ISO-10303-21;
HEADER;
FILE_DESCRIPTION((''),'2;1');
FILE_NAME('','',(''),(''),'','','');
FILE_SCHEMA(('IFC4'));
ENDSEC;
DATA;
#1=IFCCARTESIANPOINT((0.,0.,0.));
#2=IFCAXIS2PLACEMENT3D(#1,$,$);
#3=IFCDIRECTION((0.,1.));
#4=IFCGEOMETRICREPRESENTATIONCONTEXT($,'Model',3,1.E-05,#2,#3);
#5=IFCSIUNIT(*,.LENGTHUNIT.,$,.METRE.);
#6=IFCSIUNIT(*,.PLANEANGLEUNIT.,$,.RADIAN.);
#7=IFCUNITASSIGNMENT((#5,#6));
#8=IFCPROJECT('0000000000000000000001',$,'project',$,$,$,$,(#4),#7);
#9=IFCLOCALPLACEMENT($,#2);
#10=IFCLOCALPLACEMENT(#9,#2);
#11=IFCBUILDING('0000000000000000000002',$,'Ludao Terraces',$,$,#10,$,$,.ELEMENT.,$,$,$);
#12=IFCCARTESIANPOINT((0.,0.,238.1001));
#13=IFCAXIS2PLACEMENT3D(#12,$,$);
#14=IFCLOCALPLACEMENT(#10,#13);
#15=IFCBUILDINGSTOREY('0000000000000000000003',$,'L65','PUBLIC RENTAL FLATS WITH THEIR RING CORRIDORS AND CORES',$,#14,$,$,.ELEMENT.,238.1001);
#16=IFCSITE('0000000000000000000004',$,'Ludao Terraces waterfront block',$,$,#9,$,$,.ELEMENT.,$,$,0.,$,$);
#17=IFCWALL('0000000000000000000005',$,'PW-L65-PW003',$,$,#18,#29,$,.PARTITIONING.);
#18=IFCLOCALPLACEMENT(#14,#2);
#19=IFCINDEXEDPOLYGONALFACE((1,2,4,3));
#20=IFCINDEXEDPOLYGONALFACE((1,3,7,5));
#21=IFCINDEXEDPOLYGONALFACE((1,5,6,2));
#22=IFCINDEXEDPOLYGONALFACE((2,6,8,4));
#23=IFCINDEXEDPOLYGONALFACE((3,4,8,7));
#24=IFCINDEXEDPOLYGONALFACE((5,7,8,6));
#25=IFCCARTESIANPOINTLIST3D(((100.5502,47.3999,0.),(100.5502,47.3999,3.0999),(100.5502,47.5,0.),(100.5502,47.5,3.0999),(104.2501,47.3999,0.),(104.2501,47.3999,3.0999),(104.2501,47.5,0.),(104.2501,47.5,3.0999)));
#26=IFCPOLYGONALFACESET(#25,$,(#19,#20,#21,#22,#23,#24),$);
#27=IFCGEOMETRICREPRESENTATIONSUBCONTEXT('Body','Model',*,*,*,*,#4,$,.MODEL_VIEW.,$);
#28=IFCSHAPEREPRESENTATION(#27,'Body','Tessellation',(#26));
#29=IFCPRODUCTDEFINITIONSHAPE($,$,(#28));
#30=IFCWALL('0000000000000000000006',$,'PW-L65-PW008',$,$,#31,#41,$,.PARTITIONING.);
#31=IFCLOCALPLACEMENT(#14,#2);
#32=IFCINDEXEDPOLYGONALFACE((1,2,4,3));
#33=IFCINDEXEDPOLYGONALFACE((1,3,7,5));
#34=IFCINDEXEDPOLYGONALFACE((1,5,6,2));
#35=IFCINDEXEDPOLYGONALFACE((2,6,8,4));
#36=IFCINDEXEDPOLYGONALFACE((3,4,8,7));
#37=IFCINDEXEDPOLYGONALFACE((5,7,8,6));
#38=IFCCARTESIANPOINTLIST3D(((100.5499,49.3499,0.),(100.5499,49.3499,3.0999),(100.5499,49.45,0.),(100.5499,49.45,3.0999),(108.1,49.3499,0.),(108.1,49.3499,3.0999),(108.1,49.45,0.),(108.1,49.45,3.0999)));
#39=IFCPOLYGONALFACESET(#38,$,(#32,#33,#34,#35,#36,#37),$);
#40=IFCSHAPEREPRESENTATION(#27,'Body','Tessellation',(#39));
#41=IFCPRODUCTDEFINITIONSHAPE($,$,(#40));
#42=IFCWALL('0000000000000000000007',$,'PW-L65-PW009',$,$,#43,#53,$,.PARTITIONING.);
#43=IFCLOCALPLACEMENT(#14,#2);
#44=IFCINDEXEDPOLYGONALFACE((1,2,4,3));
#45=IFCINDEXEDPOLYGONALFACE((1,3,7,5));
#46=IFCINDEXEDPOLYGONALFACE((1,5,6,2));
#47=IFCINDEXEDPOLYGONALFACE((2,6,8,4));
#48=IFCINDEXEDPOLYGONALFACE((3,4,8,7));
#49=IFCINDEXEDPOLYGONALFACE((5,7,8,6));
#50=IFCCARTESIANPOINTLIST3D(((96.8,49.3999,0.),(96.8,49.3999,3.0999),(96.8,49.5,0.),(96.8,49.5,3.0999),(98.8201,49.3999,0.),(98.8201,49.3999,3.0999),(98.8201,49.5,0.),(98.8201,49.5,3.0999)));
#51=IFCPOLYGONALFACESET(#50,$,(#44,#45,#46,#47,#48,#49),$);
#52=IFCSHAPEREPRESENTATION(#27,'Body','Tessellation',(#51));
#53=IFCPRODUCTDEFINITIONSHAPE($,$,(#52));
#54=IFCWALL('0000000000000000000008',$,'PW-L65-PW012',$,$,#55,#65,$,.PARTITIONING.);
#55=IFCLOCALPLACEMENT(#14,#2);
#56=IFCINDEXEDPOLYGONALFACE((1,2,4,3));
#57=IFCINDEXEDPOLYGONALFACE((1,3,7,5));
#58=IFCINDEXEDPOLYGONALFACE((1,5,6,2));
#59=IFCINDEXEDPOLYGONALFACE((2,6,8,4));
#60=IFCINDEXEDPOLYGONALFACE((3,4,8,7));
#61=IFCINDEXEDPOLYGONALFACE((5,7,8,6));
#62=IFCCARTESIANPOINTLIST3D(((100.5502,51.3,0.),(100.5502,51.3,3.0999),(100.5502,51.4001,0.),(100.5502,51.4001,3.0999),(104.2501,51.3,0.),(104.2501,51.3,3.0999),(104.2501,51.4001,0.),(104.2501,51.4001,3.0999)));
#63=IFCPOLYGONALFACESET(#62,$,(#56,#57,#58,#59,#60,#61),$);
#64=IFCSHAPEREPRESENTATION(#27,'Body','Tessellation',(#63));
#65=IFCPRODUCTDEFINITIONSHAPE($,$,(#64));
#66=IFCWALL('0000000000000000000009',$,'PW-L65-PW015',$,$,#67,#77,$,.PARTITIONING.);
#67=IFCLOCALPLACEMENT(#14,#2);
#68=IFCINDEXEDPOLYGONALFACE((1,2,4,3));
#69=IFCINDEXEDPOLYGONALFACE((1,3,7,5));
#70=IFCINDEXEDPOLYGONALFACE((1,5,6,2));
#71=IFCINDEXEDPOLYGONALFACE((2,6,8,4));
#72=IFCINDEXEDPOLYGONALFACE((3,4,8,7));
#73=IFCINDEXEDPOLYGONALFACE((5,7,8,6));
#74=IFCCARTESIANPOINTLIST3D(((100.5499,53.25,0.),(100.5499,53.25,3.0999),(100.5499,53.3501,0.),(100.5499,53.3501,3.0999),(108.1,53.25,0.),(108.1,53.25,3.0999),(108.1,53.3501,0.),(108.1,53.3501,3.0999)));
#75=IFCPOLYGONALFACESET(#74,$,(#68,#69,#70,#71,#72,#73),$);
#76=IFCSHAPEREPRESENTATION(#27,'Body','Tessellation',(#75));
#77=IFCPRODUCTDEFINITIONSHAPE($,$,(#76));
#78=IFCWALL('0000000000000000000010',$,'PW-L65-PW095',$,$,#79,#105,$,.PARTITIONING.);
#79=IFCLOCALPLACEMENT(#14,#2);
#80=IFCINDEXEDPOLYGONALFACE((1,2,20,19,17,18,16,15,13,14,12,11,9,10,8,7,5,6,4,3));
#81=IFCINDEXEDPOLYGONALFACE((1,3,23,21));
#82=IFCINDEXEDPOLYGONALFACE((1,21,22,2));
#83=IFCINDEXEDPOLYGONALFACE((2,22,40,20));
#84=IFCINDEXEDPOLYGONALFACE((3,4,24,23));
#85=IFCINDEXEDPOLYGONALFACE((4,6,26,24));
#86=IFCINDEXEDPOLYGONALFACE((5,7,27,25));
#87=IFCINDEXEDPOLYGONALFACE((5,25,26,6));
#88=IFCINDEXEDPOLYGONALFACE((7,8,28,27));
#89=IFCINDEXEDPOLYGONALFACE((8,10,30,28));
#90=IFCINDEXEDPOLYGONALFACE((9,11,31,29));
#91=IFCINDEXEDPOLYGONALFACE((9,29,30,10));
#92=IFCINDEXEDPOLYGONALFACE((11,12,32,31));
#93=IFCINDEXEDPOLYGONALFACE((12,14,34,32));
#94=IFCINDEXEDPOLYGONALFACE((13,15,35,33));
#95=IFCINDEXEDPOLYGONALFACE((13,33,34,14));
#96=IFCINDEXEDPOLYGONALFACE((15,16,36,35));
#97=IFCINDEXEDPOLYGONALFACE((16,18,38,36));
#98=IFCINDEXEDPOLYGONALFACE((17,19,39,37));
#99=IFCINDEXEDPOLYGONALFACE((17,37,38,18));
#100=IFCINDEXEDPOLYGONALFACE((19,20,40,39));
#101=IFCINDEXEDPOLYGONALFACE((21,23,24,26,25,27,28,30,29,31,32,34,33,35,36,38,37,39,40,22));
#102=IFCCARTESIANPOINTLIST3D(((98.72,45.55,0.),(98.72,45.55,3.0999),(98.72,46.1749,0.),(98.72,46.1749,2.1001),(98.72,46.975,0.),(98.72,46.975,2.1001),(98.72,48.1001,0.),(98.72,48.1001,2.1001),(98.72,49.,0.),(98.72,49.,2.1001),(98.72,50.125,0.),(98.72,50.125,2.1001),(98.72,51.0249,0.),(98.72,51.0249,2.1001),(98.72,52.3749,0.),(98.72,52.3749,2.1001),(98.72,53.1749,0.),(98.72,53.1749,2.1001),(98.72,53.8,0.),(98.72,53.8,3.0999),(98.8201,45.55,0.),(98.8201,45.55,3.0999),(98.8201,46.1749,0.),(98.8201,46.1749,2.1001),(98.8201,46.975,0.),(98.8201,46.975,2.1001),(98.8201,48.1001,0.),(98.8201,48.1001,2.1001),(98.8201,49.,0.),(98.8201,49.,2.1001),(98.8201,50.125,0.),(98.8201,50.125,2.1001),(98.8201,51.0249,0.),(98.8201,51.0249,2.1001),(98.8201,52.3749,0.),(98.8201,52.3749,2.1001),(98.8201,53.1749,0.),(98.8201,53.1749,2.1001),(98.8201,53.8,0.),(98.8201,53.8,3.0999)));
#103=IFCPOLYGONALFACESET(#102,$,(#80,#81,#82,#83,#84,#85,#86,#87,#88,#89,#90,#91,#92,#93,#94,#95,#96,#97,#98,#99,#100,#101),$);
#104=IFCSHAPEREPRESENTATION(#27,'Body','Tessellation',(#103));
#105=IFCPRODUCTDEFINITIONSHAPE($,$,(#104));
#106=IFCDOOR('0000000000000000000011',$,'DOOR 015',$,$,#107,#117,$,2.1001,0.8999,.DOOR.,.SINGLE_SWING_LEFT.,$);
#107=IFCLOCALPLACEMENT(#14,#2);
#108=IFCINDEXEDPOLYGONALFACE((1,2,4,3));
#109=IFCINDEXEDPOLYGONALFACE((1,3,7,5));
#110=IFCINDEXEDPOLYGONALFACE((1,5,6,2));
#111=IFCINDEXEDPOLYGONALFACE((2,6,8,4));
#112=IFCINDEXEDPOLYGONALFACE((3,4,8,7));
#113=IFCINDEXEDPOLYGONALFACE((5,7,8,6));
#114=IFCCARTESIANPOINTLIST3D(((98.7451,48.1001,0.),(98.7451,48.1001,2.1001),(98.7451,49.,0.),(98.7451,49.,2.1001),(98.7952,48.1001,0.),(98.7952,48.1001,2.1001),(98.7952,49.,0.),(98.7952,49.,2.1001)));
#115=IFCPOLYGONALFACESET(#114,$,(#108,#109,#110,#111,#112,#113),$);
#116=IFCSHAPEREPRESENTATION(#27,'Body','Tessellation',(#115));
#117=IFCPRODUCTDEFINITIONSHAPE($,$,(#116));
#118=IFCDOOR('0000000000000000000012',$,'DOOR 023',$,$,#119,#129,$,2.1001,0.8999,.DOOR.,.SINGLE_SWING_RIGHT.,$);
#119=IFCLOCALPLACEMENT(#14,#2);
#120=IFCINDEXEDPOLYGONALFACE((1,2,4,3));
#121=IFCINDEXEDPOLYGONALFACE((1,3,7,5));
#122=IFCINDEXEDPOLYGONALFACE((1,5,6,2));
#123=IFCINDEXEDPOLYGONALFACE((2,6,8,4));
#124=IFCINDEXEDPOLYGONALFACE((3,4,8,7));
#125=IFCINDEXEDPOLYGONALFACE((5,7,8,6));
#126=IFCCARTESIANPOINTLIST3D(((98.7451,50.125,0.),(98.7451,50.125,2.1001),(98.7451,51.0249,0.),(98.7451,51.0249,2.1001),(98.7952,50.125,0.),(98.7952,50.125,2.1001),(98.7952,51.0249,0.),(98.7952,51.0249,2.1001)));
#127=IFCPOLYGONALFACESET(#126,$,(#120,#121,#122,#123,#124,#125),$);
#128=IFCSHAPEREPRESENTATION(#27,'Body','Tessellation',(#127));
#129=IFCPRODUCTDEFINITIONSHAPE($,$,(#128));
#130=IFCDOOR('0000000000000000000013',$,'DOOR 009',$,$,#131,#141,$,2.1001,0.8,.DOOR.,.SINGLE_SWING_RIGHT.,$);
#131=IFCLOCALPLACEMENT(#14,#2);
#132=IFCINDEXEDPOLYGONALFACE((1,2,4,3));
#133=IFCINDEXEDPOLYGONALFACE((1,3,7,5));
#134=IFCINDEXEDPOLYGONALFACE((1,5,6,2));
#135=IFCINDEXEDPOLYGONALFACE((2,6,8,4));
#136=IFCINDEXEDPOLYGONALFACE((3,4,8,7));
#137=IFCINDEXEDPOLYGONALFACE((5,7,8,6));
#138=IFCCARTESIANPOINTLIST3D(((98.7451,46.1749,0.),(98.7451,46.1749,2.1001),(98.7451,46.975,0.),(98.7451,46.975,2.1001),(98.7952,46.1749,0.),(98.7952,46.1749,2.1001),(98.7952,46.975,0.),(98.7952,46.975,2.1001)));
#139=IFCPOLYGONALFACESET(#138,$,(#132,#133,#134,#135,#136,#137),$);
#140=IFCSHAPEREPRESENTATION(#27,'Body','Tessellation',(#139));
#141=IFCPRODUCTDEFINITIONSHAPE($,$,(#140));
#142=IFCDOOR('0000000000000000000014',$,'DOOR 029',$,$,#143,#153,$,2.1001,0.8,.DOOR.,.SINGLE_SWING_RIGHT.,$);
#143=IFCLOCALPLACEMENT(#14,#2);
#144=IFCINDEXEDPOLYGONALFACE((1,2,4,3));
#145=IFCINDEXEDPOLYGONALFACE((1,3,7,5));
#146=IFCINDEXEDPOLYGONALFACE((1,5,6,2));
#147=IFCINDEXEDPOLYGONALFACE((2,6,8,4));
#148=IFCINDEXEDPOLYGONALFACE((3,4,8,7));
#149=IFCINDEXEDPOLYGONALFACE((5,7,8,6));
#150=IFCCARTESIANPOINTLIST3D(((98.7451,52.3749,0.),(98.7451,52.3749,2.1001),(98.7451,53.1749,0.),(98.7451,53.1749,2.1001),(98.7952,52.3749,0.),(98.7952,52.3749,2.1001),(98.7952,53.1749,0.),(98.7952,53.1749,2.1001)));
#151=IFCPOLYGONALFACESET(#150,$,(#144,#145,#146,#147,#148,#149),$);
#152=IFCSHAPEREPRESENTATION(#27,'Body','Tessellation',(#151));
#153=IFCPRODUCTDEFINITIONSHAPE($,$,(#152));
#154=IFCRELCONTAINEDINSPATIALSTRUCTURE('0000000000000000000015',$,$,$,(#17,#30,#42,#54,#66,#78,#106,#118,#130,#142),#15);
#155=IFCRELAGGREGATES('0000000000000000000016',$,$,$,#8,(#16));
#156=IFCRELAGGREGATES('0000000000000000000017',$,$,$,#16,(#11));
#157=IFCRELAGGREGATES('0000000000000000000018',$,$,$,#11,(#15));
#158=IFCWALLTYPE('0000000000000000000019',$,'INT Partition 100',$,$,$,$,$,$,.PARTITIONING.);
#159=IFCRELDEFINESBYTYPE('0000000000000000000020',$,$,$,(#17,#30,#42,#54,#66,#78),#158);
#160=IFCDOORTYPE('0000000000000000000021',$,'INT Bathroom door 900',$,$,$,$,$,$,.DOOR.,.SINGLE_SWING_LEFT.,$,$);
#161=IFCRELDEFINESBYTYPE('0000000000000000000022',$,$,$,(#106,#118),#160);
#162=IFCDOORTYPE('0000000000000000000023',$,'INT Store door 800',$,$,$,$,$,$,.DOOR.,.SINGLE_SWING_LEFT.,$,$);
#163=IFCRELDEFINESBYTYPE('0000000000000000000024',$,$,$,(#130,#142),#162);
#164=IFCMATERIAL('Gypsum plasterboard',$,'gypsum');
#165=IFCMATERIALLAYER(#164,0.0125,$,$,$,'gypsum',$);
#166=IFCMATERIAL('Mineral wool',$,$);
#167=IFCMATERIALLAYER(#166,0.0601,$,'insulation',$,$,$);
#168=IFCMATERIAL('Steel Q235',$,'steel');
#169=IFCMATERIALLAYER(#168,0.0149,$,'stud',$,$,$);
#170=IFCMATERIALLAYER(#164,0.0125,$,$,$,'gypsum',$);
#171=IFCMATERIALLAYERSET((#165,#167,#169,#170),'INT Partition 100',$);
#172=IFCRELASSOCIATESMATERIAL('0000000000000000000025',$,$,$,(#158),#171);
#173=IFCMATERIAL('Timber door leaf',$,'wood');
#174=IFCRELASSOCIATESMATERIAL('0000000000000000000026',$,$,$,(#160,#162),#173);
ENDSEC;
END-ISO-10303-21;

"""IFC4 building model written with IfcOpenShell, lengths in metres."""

from ifc_helpers import new_model, si_unit, direction, frame, frame_2d, origin, place, context, subcontext, project, spatial, rectangle, extrude, material, layer, layer_set, type_object, element, fill, save


model = new_model("IFC4")

# Units and contexts
model_context = context("Model", 3, precision=1e-05, world=origin(), true_north=direction((0.0, 1.0)))
body_context = subcontext(model_context, "Body", "Model", "MODEL_VIEW")
ifc_project = project(units=[si_unit("LENGTHUNIT", "METRE"), si_unit("PLANEANGLEUNIT", "RADIAN")], contexts=[model_context])

# Site, building, storey
site_placement = place(None, origin())
site = spatial("IfcSite", under=ifc_project, at=site_placement, Name="Ludao Terraces waterfront block", CompositionType="ELEMENT", RefElevation=0.0)
building_placement = place(site_placement, origin())
building = spatial("IfcBuilding", under=site, at=building_placement, Name="Ludao Terraces", CompositionType="ELEMENT")
storey_placement = place(building_placement, frame((0.0, 0.0, 238.1001)))
storey = spatial("IfcBuildingStorey", under=building, at=storey_placement, Name="L65", Description="PUBLIC RENTAL FLATS WITH THEIR RING CORRIDORS AND CORES", CompositionType="ELEMENT", Elevation=238.1001)

# Shared definitions
ifc_material_1 = material(Name="Mineral wool")

# Shared definitions
ifc_material_2 = material(Name="Steel Q235", Category="steel")

# Walls
ifc_material_3 = material(Name="Gypsum plasterboard", Category="gypsum")
ifc_layer_1 = layer(ifc_material_3, 0.0125, Category="gypsum")
ifc_layer_2 = layer(ifc_material_1, 0.0601, Name="insulation")
ifc_layer_3 = layer(ifc_material_2, 0.0149, Name="stud")
ifc_layer_4 = layer(ifc_material_3, 0.0125, Category="gypsum")
ifc_layer_set_1 = layer_set([ifc_layer_1, ifc_layer_2, ifc_layer_3, ifc_layer_4], Name="INT Partition 100")
wall_type_1 = type_object("IfcWallType", Name="INT Partition 100", PredefinedType="PARTITIONING", material=ifc_layer_set_1)
wall_1_placement = place(storey_placement, frame((100.55, 47.45, 0.0), z_axis=(0.0, 0.0, 1.0), x_axis=(1.0, 0.0, 0.0)))
element("IfcWall", 1, at=wall_1_placement, inside=storey, type_object=wall_type_1, Name="PW-L65-PW003", PredefinedType="PARTITIONING", context=body_context, shape_type="SweptSolid", body=[
    extrude(rectangle(XDim=3.7, YDim=0.1001, at=frame_2d((1.8501, 0.0))), origin(), (0.0, 0.0, 1.0), 3.0999),
])
wall_2_placement = place(storey_placement, frame((100.55, 49.3999, 0.0), z_axis=(0.0, 0.0, 1.0), x_axis=(1.0, 0.0, 0.0)))
element("IfcWall", 2, at=wall_2_placement, inside=storey, type_object=wall_type_1, Name="PW-L65-PW008", PredefinedType="PARTITIONING", context=body_context, shape_type="SweptSolid", body=[
    extrude(rectangle(XDim=7.55, YDim=0.1001, at=frame_2d((3.7749, 0.0))), origin(), (0.0, 0.0, 1.0), 3.0999),
])
wall_3_placement = place(storey_placement, frame((96.8, 49.45, 0.0), z_axis=(0.0, 0.0, 1.0), x_axis=(1.0, 0.0, 0.0)))
element("IfcWall", 3, at=wall_3_placement, inside=storey, type_object=wall_type_1, Name="PW-L65-PW009", PredefinedType="PARTITIONING", context=body_context, shape_type="SweptSolid", body=[
    extrude(rectangle(XDim=2.02, YDim=0.1001, at=frame_2d((1.01, 0.0))), origin(), (0.0, 0.0, 1.0), 3.0999),
])
wall_4_placement = place(storey_placement, frame((100.55, 51.3501, 0.0), z_axis=(0.0, 0.0, 1.0), x_axis=(1.0, 0.0, 0.0)))
element("IfcWall", 4, at=wall_4_placement, inside=storey, type_object=wall_type_1, Name="PW-L65-PW012", PredefinedType="PARTITIONING", context=body_context, shape_type="SweptSolid", body=[
    extrude(rectangle(XDim=3.7, YDim=0.1001, at=frame_2d((1.8501, 0.0))), origin(), (0.0, 0.0, 1.0), 3.0999),
])
wall_5_placement = place(storey_placement, frame((100.55, 53.3, 0.0), z_axis=(0.0, 0.0, 1.0), x_axis=(1.0, 0.0, 0.0)))
element("IfcWall", 5, at=wall_5_placement, inside=storey, type_object=wall_type_1, Name="PW-L65-PW015", PredefinedType="PARTITIONING", context=body_context, shape_type="SweptSolid", body=[
    extrude(rectangle(XDim=7.55, YDim=0.1001, at=frame_2d((3.7749, 0.0))), origin(), (0.0, 0.0, 1.0), 3.0999),
])

# Wall, openings, doors
wall_6_placement = place(storey_placement, frame((98.77, 45.55, 0.0), z_axis=(0.0, 0.0, 1.0), x_axis=(0.0, 1.0, 0.0)))
wall_6 = element("IfcWall", 6, at=wall_6_placement, inside=storey, type_object=wall_type_1, Name="PW-L65-PW095", PredefinedType="PARTITIONING", context=body_context, shape_type="SweptSolid", body=[
    extrude(rectangle(XDim=8.25, YDim=0.1001, at=frame_2d((4.125, 0.0))), origin(), (0.0, 0.0, 1.0), 3.0999),
])
opening_1_placement = place(wall_6_placement, frame((0.625, 0.0, 0.0)))
opening_1 = element("IfcOpeningElement", 7, at=opening_1_placement, cuts=wall_6, PredefinedType="OPENING", context=body_context, shape_type="SweptSolid", body=[
    extrude(rectangle(XDim=0.8, YDim=2.1001, at=frame_2d((0.3999, 1.05))), frame((0.0, 0.0601, 0.0), z_axis=(0.0, -1.0, 0.0), x_axis=(1.0, 0.0, 0.0)), (0.0, 0.0, 1.0), 0.1201),
])
opening_2_placement = place(wall_6_placement, frame((2.55, 0.0, 0.0)))
opening_2 = element("IfcOpeningElement", 8, at=opening_2_placement, cuts=wall_6, PredefinedType="OPENING", context=body_context, shape_type="SweptSolid", body=[
    extrude(rectangle(XDim=0.8999, YDim=2.1001, at=frame_2d((0.45, 1.05))), frame((0.0, 0.0601, 0.0), z_axis=(0.0, -1.0, 0.0), x_axis=(1.0, 0.0, 0.0)), (0.0, 0.0, 1.0), 0.1201),
])
opening_3_placement = place(wall_6_placement, frame((4.575, 0.0, 0.0)))
opening_3 = element("IfcOpeningElement", 9, at=opening_3_placement, cuts=wall_6, PredefinedType="OPENING", context=body_context, shape_type="SweptSolid", body=[
    extrude(rectangle(XDim=0.8999, YDim=2.1001, at=frame_2d((0.45, 1.05))), frame((0.0, 0.0601, 0.0), z_axis=(0.0, -1.0, 0.0), x_axis=(1.0, 0.0, 0.0)), (0.0, 0.0, 1.0), 0.1201),
])
opening_4_placement = place(wall_6_placement, frame((6.825, 0.0, 0.0)))
opening_4 = element("IfcOpeningElement", 10, at=opening_4_placement, cuts=wall_6, PredefinedType="OPENING", context=body_context, shape_type="SweptSolid", body=[
    extrude(rectangle(XDim=0.8, YDim=2.1001, at=frame_2d((0.3999, 1.05))), frame((0.0, 0.0601, 0.0), z_axis=(0.0, -1.0, 0.0), x_axis=(1.0, 0.0, 0.0)), (0.0, 0.0, 1.0), 0.1201),
])
ifc_material_4 = material(Name="Timber door leaf", Category="wood")
door_type_1 = type_object("IfcDoorType", Name="INT Bathroom door 900", OperationType="SINGLE_SWING_LEFT", PredefinedType="DOOR", material=ifc_material_4)
door_1_placement = place(opening_2_placement, origin())
door_1 = element("IfcDoor", 11, at=door_1_placement, inside=storey, type_object=door_type_1, Name="DOOR 015", OperationType="SINGLE_SWING_LEFT", OverallHeight=2.1001, OverallWidth=0.8999, PredefinedType="DOOR", context=body_context, shape_type="SweptSolid", body=[
    extrude(rectangle(XDim=0.8999, YDim=2.1001, at=frame_2d((0.45, 1.05))), frame((0.0, 0.0249, 0.0), z_axis=(0.0, -1.0, 0.0), x_axis=(1.0, 0.0, 0.0)), (0.0, 0.0, 1.0), 0.05),
])
fill(opening_2, door_1)
door_2_placement = place(opening_3_placement, origin())
door_2 = element("IfcDoor", 12, at=door_2_placement, inside=storey, type_object=door_type_1, Name="DOOR 023", OperationType="SINGLE_SWING_RIGHT", OverallHeight=2.1001, OverallWidth=0.8999, PredefinedType="DOOR", context=body_context, shape_type="SweptSolid", body=[
    extrude(rectangle(XDim=0.8999, YDim=2.1001, at=frame_2d((0.45, 1.05))), frame((0.0, 0.0249, 0.0), z_axis=(0.0, -1.0, 0.0), x_axis=(1.0, 0.0, 0.0)), (0.0, 0.0, 1.0), 0.05),
])
fill(opening_3, door_2)
door_type_2 = type_object("IfcDoorType", Name="INT Store door 800", OperationType="SINGLE_SWING_LEFT", PredefinedType="DOOR", material=ifc_material_4)
door_3_placement = place(opening_1_placement, origin())
door_3 = element("IfcDoor", 13, at=door_3_placement, inside=storey, type_object=door_type_2, Name="DOOR 009", OperationType="SINGLE_SWING_RIGHT", OverallHeight=2.1001, OverallWidth=0.8, PredefinedType="DOOR", context=body_context, shape_type="SweptSolid", body=[
    extrude(rectangle(XDim=0.8, YDim=2.1001, at=frame_2d((0.3999, 1.05))), frame((0.0, 0.0249, 0.0), z_axis=(0.0, -1.0, 0.0), x_axis=(1.0, 0.0, 0.0)), (0.0, 0.0, 1.0), 0.05),
])
fill(opening_1, door_3)
door_4_placement = place(opening_4_placement, origin())
door_4 = element("IfcDoor", 14, at=door_4_placement, inside=storey, type_object=door_type_2, Name="DOOR 029", OperationType="SINGLE_SWING_RIGHT", OverallHeight=2.1001, OverallWidth=0.8, PredefinedType="DOOR", context=body_context, shape_type="SweptSolid", body=[
    extrude(rectangle(XDim=0.8, YDim=2.1001, at=frame_2d((0.3999, 1.05))), frame((0.0, 0.0249, 0.0), z_axis=(0.0, -1.0, 0.0), x_axis=(1.0, 0.0, 0.0)), (0.0, 0.0, 1.0), 0.05),
])
fill(opening_4, door_4)

save(model, "model.ifc")
